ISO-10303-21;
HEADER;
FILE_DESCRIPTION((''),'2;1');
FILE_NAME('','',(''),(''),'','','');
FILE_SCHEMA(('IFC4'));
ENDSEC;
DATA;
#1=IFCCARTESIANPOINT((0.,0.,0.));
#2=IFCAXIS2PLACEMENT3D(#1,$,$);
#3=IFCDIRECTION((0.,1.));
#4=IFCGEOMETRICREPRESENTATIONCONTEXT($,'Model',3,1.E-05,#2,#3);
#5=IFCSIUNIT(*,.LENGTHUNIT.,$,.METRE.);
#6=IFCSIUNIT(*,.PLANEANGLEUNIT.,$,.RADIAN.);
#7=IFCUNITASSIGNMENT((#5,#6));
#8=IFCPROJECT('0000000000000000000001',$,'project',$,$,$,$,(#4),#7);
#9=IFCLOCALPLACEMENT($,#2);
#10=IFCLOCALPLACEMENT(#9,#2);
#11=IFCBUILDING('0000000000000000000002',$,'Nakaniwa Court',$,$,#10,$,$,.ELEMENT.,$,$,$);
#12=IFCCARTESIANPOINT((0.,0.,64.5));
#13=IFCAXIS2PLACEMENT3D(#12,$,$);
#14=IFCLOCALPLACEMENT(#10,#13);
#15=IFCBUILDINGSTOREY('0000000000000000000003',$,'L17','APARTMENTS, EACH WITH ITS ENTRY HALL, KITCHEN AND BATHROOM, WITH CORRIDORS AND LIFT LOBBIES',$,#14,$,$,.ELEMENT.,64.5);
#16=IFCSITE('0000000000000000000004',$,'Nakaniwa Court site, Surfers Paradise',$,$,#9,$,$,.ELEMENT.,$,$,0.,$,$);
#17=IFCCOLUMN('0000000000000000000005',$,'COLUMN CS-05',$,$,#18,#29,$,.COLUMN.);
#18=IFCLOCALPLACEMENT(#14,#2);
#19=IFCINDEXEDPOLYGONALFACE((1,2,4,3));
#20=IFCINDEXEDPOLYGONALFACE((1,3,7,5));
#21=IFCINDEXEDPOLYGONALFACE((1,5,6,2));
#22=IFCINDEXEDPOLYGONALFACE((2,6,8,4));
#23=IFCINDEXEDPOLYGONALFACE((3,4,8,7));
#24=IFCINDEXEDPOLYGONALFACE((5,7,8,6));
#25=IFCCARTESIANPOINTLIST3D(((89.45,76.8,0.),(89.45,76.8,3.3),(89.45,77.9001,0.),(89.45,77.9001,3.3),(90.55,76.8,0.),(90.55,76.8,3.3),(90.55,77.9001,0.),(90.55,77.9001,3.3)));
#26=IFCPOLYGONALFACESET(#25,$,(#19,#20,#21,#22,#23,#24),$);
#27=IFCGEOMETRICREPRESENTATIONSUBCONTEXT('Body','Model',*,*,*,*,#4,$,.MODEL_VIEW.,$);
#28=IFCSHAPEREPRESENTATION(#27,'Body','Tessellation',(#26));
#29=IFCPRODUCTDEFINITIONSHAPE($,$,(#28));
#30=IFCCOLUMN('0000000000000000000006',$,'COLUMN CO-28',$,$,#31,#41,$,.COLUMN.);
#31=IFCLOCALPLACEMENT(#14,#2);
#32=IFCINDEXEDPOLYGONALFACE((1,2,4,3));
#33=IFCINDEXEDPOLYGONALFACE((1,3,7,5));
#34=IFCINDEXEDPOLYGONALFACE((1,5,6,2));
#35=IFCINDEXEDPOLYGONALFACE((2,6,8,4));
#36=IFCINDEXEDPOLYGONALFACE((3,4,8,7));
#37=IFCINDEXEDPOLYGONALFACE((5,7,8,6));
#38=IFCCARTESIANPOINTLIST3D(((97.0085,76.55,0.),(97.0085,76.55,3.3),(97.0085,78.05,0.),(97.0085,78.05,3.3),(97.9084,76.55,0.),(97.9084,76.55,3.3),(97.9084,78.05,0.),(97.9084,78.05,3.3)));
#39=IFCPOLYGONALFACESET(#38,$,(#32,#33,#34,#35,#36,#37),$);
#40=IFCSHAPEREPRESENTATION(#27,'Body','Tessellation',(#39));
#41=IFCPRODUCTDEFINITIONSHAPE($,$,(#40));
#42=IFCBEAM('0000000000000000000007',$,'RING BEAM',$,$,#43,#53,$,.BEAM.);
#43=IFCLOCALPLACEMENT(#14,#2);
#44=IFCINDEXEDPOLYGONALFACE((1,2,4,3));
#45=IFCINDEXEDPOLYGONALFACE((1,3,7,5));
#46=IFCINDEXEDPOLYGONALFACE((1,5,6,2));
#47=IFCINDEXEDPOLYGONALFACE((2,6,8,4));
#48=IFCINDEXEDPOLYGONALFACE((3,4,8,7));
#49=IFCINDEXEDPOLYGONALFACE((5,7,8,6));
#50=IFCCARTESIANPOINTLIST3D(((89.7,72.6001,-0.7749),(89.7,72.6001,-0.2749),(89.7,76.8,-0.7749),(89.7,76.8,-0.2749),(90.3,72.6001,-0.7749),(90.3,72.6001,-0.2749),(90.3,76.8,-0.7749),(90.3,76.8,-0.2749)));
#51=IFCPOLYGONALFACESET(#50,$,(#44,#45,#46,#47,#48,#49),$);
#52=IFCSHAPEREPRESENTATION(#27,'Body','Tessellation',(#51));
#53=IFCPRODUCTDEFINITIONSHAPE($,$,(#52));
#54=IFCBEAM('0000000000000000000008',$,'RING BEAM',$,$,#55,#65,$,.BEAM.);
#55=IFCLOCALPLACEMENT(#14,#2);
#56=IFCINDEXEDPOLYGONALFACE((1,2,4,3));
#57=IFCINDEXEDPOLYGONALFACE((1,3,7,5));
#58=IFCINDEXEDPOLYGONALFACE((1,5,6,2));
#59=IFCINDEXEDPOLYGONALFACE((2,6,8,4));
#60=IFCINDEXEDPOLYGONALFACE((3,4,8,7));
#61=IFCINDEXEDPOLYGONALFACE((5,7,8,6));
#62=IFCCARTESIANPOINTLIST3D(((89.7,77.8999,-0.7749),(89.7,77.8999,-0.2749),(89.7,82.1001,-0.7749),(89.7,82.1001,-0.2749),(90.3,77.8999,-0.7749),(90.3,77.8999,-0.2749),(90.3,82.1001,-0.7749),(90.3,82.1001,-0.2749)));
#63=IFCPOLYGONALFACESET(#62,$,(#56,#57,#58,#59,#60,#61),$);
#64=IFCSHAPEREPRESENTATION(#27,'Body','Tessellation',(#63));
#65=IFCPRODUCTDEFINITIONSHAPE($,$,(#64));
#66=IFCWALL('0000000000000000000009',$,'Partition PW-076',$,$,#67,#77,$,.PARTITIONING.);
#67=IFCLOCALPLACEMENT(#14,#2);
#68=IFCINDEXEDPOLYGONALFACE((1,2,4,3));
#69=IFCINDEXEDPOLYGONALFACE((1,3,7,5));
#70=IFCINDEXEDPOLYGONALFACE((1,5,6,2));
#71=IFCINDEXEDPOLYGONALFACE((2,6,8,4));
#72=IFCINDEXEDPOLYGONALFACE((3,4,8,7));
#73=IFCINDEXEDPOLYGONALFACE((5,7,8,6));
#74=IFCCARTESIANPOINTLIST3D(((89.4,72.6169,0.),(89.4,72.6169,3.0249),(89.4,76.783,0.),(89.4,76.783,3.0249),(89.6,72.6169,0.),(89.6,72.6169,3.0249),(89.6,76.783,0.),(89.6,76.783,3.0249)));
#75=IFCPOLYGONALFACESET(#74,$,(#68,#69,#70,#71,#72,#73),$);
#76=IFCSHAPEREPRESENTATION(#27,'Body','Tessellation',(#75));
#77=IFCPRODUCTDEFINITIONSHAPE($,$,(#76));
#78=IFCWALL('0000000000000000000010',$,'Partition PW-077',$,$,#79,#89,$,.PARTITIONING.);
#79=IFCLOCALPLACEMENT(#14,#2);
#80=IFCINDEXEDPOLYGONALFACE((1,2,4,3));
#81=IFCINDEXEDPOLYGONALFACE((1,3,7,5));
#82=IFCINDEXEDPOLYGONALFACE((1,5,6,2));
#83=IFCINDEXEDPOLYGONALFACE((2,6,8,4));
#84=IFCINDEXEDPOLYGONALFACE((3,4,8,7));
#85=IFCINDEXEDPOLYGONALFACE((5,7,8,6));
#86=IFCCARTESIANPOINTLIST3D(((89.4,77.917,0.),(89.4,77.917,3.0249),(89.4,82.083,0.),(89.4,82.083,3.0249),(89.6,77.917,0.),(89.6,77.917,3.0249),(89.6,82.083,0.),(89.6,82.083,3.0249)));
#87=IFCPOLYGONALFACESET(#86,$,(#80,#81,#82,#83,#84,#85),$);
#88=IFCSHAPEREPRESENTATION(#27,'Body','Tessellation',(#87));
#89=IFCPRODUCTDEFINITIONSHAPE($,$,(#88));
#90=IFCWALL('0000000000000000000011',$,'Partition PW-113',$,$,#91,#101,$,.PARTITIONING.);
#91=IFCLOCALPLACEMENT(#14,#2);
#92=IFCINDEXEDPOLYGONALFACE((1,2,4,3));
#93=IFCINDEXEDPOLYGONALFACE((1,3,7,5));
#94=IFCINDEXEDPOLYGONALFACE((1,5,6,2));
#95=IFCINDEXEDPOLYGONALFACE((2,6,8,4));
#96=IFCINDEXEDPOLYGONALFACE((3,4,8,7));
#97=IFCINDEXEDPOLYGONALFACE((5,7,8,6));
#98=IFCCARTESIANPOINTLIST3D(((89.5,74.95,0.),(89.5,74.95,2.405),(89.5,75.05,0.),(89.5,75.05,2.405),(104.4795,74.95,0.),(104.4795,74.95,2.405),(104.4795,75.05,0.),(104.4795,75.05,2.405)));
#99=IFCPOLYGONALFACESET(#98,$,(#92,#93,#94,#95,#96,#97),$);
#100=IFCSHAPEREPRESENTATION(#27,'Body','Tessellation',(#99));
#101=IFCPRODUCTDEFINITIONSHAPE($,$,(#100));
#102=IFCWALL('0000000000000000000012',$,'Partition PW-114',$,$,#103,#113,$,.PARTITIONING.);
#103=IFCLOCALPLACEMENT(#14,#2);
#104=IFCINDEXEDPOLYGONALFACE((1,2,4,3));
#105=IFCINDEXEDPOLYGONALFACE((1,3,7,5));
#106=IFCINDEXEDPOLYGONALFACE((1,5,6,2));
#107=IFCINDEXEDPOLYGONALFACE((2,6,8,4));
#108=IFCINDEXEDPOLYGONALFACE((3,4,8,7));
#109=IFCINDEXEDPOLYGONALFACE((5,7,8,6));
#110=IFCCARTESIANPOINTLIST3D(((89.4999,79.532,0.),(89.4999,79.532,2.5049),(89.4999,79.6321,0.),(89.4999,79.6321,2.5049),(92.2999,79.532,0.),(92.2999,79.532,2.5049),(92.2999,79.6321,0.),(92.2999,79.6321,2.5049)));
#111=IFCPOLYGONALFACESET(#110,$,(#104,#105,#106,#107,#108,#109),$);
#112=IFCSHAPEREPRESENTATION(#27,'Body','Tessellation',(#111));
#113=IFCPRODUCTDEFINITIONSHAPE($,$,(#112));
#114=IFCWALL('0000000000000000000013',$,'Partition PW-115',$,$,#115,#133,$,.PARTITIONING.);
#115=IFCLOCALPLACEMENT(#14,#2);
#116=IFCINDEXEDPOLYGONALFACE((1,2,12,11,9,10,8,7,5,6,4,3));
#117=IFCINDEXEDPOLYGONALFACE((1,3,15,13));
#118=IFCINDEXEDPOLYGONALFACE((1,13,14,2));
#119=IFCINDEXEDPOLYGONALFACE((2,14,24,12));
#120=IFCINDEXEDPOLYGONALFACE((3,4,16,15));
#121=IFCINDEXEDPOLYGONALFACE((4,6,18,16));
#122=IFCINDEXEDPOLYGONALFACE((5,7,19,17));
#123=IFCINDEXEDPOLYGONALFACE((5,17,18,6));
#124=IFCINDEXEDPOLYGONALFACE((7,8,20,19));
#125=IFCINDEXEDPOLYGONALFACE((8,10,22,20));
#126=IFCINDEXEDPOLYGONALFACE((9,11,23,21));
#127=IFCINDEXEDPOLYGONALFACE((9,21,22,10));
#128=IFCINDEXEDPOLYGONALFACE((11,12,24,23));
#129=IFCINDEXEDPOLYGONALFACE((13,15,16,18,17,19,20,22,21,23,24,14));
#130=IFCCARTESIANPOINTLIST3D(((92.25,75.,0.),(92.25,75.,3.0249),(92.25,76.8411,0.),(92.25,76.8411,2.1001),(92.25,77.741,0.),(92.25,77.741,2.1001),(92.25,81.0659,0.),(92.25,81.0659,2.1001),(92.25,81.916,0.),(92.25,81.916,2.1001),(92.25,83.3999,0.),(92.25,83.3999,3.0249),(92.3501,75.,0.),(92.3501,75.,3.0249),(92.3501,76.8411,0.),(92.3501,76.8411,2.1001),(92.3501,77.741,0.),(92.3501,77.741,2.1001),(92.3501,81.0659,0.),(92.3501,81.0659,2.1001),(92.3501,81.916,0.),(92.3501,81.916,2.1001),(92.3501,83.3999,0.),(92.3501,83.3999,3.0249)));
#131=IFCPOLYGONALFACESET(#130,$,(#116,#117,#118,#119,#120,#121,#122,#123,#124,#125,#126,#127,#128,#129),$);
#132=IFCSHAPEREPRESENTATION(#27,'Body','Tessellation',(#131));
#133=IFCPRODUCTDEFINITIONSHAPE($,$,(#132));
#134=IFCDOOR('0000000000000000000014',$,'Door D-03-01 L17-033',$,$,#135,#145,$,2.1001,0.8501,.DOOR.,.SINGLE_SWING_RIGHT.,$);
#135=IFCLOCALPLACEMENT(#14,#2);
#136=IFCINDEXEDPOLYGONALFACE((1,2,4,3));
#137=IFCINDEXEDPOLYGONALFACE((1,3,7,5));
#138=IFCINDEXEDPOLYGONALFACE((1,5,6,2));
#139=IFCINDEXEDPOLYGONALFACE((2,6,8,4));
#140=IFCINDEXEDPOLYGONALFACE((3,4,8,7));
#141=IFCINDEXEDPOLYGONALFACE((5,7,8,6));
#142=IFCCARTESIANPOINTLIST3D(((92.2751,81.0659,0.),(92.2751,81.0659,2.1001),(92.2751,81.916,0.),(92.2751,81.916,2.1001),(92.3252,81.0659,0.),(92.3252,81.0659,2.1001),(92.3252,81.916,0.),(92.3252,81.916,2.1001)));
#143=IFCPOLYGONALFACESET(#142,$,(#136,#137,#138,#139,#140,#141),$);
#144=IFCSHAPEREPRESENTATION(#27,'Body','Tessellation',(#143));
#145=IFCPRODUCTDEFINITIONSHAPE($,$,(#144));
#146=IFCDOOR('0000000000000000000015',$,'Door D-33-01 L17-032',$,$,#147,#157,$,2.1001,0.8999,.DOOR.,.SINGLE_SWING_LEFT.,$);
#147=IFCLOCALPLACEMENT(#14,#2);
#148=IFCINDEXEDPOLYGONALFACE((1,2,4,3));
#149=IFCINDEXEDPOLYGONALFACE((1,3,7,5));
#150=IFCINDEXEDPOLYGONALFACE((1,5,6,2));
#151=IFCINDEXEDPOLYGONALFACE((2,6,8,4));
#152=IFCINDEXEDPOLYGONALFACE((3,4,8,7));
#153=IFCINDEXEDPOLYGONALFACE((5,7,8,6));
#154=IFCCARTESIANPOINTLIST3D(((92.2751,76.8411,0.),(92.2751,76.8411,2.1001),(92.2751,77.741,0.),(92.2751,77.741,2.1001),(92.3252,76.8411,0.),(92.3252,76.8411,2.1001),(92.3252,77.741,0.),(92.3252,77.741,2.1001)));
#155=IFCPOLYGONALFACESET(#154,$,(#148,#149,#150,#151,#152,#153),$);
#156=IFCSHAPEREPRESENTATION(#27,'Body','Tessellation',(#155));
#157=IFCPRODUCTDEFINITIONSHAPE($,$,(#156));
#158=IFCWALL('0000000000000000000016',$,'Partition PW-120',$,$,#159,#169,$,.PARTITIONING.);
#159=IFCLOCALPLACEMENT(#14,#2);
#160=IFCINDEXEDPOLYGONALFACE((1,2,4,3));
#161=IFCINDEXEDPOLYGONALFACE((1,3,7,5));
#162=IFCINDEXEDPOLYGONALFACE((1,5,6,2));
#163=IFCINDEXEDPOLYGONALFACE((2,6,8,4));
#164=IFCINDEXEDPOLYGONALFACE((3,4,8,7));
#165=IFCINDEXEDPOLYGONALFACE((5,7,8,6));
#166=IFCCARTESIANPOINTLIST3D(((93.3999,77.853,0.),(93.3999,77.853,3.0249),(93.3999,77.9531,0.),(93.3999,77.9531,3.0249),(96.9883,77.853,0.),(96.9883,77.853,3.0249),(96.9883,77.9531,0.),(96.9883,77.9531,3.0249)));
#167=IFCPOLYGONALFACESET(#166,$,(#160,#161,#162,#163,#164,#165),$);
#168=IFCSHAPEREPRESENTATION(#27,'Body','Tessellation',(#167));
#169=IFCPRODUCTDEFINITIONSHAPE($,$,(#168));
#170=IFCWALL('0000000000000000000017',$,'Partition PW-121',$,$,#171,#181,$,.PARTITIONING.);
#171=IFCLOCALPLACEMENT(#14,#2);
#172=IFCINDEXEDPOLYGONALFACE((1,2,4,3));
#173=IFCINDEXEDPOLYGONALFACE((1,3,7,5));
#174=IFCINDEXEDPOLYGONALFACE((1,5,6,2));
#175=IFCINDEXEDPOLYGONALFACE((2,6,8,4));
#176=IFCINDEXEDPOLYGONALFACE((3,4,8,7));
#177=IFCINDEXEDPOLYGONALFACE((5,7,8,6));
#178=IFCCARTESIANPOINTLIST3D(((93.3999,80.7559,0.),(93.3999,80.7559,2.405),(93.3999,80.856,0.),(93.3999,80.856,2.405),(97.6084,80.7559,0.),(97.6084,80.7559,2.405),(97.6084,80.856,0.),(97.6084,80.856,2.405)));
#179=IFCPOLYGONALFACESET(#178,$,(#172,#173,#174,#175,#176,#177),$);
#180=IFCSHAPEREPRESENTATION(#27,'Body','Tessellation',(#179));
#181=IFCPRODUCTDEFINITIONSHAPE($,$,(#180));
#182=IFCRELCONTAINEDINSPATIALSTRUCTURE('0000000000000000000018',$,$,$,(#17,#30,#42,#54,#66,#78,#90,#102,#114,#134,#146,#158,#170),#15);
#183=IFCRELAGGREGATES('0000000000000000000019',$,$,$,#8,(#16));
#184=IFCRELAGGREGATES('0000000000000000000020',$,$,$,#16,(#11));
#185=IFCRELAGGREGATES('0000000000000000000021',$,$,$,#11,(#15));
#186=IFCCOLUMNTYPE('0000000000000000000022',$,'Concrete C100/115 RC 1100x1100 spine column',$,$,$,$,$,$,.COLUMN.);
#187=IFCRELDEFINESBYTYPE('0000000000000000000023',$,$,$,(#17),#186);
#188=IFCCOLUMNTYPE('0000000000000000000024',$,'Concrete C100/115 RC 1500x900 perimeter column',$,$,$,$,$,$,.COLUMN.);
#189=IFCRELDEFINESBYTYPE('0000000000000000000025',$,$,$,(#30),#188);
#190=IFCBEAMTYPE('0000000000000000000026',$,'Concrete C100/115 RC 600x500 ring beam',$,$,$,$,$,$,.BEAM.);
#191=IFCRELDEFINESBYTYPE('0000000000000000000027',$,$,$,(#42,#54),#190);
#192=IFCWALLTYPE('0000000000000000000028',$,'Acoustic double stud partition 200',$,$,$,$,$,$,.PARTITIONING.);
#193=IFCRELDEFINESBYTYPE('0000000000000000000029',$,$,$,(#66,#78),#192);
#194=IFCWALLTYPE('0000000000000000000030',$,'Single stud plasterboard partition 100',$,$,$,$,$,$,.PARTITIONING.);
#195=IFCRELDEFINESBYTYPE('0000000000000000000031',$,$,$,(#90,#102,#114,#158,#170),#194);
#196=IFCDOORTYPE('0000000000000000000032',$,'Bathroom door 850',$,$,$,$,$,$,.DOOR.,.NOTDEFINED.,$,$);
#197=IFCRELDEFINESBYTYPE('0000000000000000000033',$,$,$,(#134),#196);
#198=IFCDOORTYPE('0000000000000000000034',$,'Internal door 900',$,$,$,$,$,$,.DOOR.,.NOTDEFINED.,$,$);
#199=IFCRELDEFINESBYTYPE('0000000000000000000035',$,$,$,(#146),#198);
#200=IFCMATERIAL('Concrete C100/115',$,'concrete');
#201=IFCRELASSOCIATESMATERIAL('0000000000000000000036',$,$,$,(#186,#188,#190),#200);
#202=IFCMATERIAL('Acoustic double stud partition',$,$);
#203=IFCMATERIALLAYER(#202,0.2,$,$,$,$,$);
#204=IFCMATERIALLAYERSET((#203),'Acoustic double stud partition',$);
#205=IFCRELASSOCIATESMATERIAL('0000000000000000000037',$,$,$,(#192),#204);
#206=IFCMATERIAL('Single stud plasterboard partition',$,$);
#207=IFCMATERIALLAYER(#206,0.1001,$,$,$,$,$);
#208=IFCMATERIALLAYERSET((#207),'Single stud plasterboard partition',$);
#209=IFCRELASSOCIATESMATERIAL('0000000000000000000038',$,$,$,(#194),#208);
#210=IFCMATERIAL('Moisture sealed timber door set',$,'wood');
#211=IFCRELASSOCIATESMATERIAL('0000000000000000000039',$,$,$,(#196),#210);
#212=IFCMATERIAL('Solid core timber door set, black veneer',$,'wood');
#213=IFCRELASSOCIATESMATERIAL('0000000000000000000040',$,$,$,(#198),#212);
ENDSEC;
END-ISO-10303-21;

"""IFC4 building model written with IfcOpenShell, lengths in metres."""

from ifc_helpers import new_model, si_unit, direction, frame, frame_2d, origin, origin_2d, place, context, subcontext, project, spatial, rectangle, extrude, material, layer, layer_set, material_profile, profile_set, type_object, element, fill, save


model = new_model("IFC4")

# Units and contexts
model_context = context("Model", 3, precision=1e-05, world=origin(), true_north=direction((0.0, 1.0)))
body_context = subcontext(model_context, "Body", "Model", "MODEL_VIEW")
ifc_project = project(units=[si_unit("LENGTHUNIT", "METRE"), si_unit("PLANEANGLEUNIT", "RADIAN")], contexts=[model_context])

# Site, building, storey
site_placement = place(None, origin())
site = spatial("IfcSite", under=ifc_project, at=site_placement, Name="Nakaniwa Court site, Surfers Paradise", CompositionType="ELEMENT", RefElevation=0.0)
building_placement = place(site_placement, origin())
building = spatial("IfcBuilding", under=site, at=building_placement, Name="Nakaniwa Court", CompositionType="ELEMENT")
storey_placement = place(building_placement, frame((0.0, 0.0, 64.5)))
storey = spatial("IfcBuildingStorey", under=building, at=storey_placement, Name="L17", Description="APARTMENTS, EACH WITH ITS ENTRY HALL, KITCHEN AND BATHROOM, WITH CORRIDORS AND LIFT LOBBIES", CompositionType="ELEMENT", Elevation=64.5)

# Columns
ifc_material_1 = material(Name="Concrete C100/115", Category="concrete")
ifc_material_profile_1 = material_profile(ifc_material_1, rectangle(XDim=1.1001, YDim=1.1001, at=origin_2d()), Name="Concrete C100/115 RC 1100x1100 spine column")
ifc_profile_set_1 = profile_set([ifc_material_profile_1], Name="Concrete C100/115")
column_type_1 = type_object("IfcColumnType", Name="Concrete C100/115 RC 1100x1100 spine column", PredefinedType="COLUMN", material=ifc_profile_set_1)
column_1_placement = place(storey_placement, frame((90.0, 77.3501, 0.0), z_axis=(0.0, 0.0, 1.0), x_axis=(0.0, 1.0, 0.0)))
element("IfcColumn", 1, at=column_1_placement, inside=storey, type_object=column_type_1, Name="COLUMN CS-05", PredefinedType="COLUMN", context=body_context, shape_type="SweptSolid", body=[
    extrude(rectangle(XDim=1.1001, YDim=1.1001, at=origin_2d()), origin(), (0.0, 0.0, 1.0), 3.3),
])
ifc_material_profile_2 = material_profile(ifc_material_1, rectangle(XDim=1.5, YDim=0.8999, at=origin_2d()), Name="Concrete C100/115 RC 1500x900 perimeter column")
ifc_profile_set_2 = profile_set([ifc_material_profile_2], Name="Concrete C100/115")
column_type_2 = type_object("IfcColumnType", Name="Concrete C100/115 RC 1500x900 perimeter column", PredefinedType="COLUMN", material=ifc_profile_set_2)
column_2_placement = place(storey_placement, frame((97.4585, 77.3, 0.0), z_axis=(0.0, 0.0, 1.0), x_axis=(0.0, 1.0, 0.0)))
element("IfcColumn", 2, at=column_2_placement, inside=storey, type_object=column_type_2, Name="COLUMN CO-28", PredefinedType="COLUMN", context=body_context, shape_type="SweptSolid", body=[
    extrude(rectangle(XDim=1.5, YDim=0.8999, at=origin_2d()), origin(), (0.0, 0.0, 1.0), 3.3),
])

# Beams
ifc_material_profile_3 = material_profile(ifc_material_1, rectangle(XDim=0.6001, YDim=0.5, at=origin_2d()), Name="Concrete C100/115 RC 600x500 ring beam")
ifc_profile_set_3 = profile_set([ifc_material_profile_3], Name="Concrete C100/115")
beam_type = type_object("IfcBeamType", Name="Concrete C100/115 RC 600x500 ring beam", PredefinedType="BEAM", material=ifc_profile_set_3)
beam_1_placement = place(storey_placement, frame((90.0, 72.6001, -0.5249), z_axis=(0.0, 1.0, 0.0), x_axis=(-1.0, 0.0, 0.0)))
element("IfcBeam", 3, at=beam_1_placement, inside=storey, type_object=beam_type, Name="RING BEAM", PredefinedType="BEAM", context=body_context, shape_type="SweptSolid", body=[
    extrude(rectangle(XDim=0.6001, YDim=0.5, at=origin_2d()), origin(), (0.0, 0.0, 1.0), 4.2),
])
beam_2_placement = place(storey_placement, frame((90.0, 77.8999, -0.5249), z_axis=(0.0, 1.0, 0.0), x_axis=(-1.0, 0.0, 0.0)))
element("IfcBeam", 4, at=beam_2_placement, inside=storey, type_object=beam_type, Name="RING BEAM", PredefinedType="BEAM", context=body_context, shape_type="SweptSolid", body=[
    extrude(rectangle(XDim=0.6001, YDim=0.5, at=origin_2d()), origin(), (0.0, 0.0, 1.0), 4.2002),
])

# Walls
ifc_material_2 = material(Name="Acoustic double stud partition")
ifc_layer_1 = layer(ifc_material_2, 0.2)
ifc_layer_set_1 = layer_set([ifc_layer_1], Name="Acoustic double stud partition")
wall_type_1 = type_object("IfcWallType", Name="Acoustic double stud partition 200", PredefinedType="PARTITIONING", material=ifc_layer_set_1)
for number, where, z_axis, x_axis, name in (
    (5, (89.5, 72.6169, 0.0), (0.0, 0.0, 1.0), (0.0, 1.0, 0.0), "Partition PW-076"),
    (6, (89.5, 77.917, 0.0), (0.0, 0.0, 1.0), (0.0, 1.0, 0.0), "Partition PW-077"),
):
    element("IfcWall", number, at=place(storey_placement, frame(where, z_axis=z_axis, x_axis=x_axis)), inside=storey, type_object=wall_type_1, Name=name, PredefinedType="PARTITIONING", context=body_context, shape_type="SweptSolid", body=[
        extrude(rectangle(XDim=4.166, YDim=0.2, at=frame_2d((2.083, 0.0))), origin(), (0.0, 0.0, 1.0), 3.0249),
    ])
ifc_material_3 = material(Name="Single stud plasterboard partition")
ifc_layer_2 = layer(ifc_material_3, 0.1001)
ifc_layer_set_2 = layer_set([ifc_layer_2], Name="Single stud plasterboard partition")
wall_type_2 = type_object("IfcWallType", Name="Single stud plasterboard partition 100", PredefinedType="PARTITIONING", material=ifc_layer_set_2)
wall_1_placement = place(storey_placement, frame((89.5, 75.0, 0.0), z_axis=(0.0, 0.0, 1.0), x_axis=(1.0, 0.0, 0.0)))
element("IfcWall", 7, at=wall_1_placement, inside=storey, type_object=wall_type_2, Name="Partition PW-113", PredefinedType="PARTITIONING", context=body_context, shape_type="SweptSolid", body=[
    extrude(rectangle(XDim=14.9795, YDim=0.1001, at=frame_2d((7.4897, 0.0))), origin(), (0.0, 0.0, 1.0), 2.405),
])
wall_2_placement = place(storey_placement, frame((89.5, 79.582, 0.0), z_axis=(0.0, 0.0, 1.0), x_axis=(1.0, 0.0, 0.0)))
element("IfcWall", 8, at=wall_2_placement, inside=storey, type_object=wall_type_2, Name="Partition PW-114", PredefinedType="PARTITIONING", context=body_context, shape_type="SweptSolid", body=[
    extrude(rectangle(XDim=2.8, YDim=0.1001, at=frame_2d((1.3999, 0.0))), origin(), (0.0, 0.0, 1.0), 2.5049),
])

# Wall, openings, doors
wall_3_placement = place(storey_placement, frame((92.3, 75.0, 0.0), z_axis=(0.0, 0.0, 1.0), x_axis=(0.0, 1.0, 0.0)))
wall_3 = element("IfcWall", 9, at=wall_3_placement, inside=storey, type_object=wall_type_2, Name="Partition PW-115", PredefinedType="PARTITIONING", context=body_context, shape_type="SweptSolid", body=[
    extrude(rectangle(XDim=8.3999, YDim=0.1001, at=frame_2d((4.2, 0.0))), origin(), (0.0, 0.0, 1.0), 3.0249),
])
opening_1_placement = place(wall_3_placement, frame((1.8411, 0.0, 0.0)))
opening_1 = element("IfcOpeningElement", 10, at=opening_1_placement, cuts=wall_3, PredefinedType="OPENING", context=body_context, shape_type="SweptSolid", body=[
    extrude(rectangle(XDim=0.8999, YDim=2.1001, at=frame_2d((0.45, 1.05))), frame((0.0, 0.0601, 0.0), z_axis=(0.0, -1.0, 0.0), x_axis=(1.0, 0.0, 0.0)), (0.0, 0.0, 1.0), 0.1201),
])
opening_2_placement = place(wall_3_placement, frame((6.0659, 0.0, 0.0)))
opening_2 = element("IfcOpeningElement", 11, at=opening_2_placement, cuts=wall_3, PredefinedType="OPENING", context=body_context, shape_type="SweptSolid", body=[
    extrude(rectangle(XDim=0.8501, YDim=2.1001, at=frame_2d((0.425, 1.05))), frame((0.0, 0.0601, 0.0), z_axis=(0.0, -1.0, 0.0), x_axis=(1.0, 0.0, 0.0)), (0.0, 0.0, 1.0), 0.1201),
])
ifc_material_4 = material(Name="Moisture sealed timber door set", Category="wood")
door_type_1 = type_object("IfcDoorType", Name="Bathroom door 850", OperationType="NOTDEFINED", PredefinedType="DOOR", material=ifc_material_4)
door_1_placement = place(opening_2_placement, origin())
door_1 = element("IfcDoor", 12, at=door_1_placement, inside=storey, type_object=door_type_1, Name="Door D-03-01 L17-033", OperationType="SINGLE_SWING_RIGHT", OverallHeight=2.1001, OverallWidth=0.8501, PredefinedType="DOOR", context=body_context, shape_type="SweptSolid", body=[
    extrude(rectangle(XDim=0.8501, YDim=2.1001, at=frame_2d((0.425, 1.05))), frame((0.0, 0.0249, 0.0), z_axis=(0.0, -1.0, 0.0), x_axis=(1.0, 0.0, 0.0)), (0.0, 0.0, 1.0), 0.05),
])
fill(opening_2, door_1)
ifc_material_5 = material(Name="Solid core timber door set, black veneer", Category="wood")
door_type_2 = type_object("IfcDoorType", Name="Internal door 900", OperationType="NOTDEFINED", PredefinedType="DOOR", material=ifc_material_5)
door_2_placement = place(opening_1_placement, origin())
door_2 = element("IfcDoor", 13, at=door_2_placement, inside=storey, type_object=door_type_2, Name="Door D-33-01 L17-032", OperationType="SINGLE_SWING_LEFT", OverallHeight=2.1001, OverallWidth=0.8999, PredefinedType="DOOR", context=body_context, shape_type="SweptSolid", body=[
    extrude(rectangle(XDim=0.8999, YDim=2.1001, at=frame_2d((0.45, 1.05))), frame((0.0, 0.0249, 0.0), z_axis=(0.0, -1.0, 0.0), x_axis=(1.0, 0.0, 0.0)), (0.0, 0.0, 1.0), 0.05),
])
fill(opening_1, door_2)

# Walls
wall_4_placement = place(storey_placement, frame((93.3999, 77.9031, 0.0), z_axis=(0.0, 0.0, 1.0), x_axis=(1.0, 0.0, 0.0)))
element("IfcWall", 14, at=wall_4_placement, inside=storey, type_object=wall_type_2, Name="Partition PW-120", PredefinedType="PARTITIONING", context=body_context, shape_type="SweptSolid", body=[
    extrude(rectangle(XDim=3.5884, YDim=0.1001, at=frame_2d((1.7942, 0.0))), origin(), (0.0, 0.0, 1.0), 3.0249),
])
wall_5_placement = place(storey_placement, frame((93.3999, 80.8059, 0.0), z_axis=(0.0, 0.0, 1.0), x_axis=(1.0, 0.0, 0.0)))
element("IfcWall", 15, at=wall_5_placement, inside=storey, type_object=wall_type_2, Name="Partition PW-121", PredefinedType="PARTITIONING", context=body_context, shape_type="SweptSolid", body=[
    extrude(rectangle(XDim=4.2085, YDim=0.1001, at=frame_2d((2.1042, 0.0))), origin(), (0.0, 0.0, 1.0), 2.405),
])

save(model, "model.ifc")
